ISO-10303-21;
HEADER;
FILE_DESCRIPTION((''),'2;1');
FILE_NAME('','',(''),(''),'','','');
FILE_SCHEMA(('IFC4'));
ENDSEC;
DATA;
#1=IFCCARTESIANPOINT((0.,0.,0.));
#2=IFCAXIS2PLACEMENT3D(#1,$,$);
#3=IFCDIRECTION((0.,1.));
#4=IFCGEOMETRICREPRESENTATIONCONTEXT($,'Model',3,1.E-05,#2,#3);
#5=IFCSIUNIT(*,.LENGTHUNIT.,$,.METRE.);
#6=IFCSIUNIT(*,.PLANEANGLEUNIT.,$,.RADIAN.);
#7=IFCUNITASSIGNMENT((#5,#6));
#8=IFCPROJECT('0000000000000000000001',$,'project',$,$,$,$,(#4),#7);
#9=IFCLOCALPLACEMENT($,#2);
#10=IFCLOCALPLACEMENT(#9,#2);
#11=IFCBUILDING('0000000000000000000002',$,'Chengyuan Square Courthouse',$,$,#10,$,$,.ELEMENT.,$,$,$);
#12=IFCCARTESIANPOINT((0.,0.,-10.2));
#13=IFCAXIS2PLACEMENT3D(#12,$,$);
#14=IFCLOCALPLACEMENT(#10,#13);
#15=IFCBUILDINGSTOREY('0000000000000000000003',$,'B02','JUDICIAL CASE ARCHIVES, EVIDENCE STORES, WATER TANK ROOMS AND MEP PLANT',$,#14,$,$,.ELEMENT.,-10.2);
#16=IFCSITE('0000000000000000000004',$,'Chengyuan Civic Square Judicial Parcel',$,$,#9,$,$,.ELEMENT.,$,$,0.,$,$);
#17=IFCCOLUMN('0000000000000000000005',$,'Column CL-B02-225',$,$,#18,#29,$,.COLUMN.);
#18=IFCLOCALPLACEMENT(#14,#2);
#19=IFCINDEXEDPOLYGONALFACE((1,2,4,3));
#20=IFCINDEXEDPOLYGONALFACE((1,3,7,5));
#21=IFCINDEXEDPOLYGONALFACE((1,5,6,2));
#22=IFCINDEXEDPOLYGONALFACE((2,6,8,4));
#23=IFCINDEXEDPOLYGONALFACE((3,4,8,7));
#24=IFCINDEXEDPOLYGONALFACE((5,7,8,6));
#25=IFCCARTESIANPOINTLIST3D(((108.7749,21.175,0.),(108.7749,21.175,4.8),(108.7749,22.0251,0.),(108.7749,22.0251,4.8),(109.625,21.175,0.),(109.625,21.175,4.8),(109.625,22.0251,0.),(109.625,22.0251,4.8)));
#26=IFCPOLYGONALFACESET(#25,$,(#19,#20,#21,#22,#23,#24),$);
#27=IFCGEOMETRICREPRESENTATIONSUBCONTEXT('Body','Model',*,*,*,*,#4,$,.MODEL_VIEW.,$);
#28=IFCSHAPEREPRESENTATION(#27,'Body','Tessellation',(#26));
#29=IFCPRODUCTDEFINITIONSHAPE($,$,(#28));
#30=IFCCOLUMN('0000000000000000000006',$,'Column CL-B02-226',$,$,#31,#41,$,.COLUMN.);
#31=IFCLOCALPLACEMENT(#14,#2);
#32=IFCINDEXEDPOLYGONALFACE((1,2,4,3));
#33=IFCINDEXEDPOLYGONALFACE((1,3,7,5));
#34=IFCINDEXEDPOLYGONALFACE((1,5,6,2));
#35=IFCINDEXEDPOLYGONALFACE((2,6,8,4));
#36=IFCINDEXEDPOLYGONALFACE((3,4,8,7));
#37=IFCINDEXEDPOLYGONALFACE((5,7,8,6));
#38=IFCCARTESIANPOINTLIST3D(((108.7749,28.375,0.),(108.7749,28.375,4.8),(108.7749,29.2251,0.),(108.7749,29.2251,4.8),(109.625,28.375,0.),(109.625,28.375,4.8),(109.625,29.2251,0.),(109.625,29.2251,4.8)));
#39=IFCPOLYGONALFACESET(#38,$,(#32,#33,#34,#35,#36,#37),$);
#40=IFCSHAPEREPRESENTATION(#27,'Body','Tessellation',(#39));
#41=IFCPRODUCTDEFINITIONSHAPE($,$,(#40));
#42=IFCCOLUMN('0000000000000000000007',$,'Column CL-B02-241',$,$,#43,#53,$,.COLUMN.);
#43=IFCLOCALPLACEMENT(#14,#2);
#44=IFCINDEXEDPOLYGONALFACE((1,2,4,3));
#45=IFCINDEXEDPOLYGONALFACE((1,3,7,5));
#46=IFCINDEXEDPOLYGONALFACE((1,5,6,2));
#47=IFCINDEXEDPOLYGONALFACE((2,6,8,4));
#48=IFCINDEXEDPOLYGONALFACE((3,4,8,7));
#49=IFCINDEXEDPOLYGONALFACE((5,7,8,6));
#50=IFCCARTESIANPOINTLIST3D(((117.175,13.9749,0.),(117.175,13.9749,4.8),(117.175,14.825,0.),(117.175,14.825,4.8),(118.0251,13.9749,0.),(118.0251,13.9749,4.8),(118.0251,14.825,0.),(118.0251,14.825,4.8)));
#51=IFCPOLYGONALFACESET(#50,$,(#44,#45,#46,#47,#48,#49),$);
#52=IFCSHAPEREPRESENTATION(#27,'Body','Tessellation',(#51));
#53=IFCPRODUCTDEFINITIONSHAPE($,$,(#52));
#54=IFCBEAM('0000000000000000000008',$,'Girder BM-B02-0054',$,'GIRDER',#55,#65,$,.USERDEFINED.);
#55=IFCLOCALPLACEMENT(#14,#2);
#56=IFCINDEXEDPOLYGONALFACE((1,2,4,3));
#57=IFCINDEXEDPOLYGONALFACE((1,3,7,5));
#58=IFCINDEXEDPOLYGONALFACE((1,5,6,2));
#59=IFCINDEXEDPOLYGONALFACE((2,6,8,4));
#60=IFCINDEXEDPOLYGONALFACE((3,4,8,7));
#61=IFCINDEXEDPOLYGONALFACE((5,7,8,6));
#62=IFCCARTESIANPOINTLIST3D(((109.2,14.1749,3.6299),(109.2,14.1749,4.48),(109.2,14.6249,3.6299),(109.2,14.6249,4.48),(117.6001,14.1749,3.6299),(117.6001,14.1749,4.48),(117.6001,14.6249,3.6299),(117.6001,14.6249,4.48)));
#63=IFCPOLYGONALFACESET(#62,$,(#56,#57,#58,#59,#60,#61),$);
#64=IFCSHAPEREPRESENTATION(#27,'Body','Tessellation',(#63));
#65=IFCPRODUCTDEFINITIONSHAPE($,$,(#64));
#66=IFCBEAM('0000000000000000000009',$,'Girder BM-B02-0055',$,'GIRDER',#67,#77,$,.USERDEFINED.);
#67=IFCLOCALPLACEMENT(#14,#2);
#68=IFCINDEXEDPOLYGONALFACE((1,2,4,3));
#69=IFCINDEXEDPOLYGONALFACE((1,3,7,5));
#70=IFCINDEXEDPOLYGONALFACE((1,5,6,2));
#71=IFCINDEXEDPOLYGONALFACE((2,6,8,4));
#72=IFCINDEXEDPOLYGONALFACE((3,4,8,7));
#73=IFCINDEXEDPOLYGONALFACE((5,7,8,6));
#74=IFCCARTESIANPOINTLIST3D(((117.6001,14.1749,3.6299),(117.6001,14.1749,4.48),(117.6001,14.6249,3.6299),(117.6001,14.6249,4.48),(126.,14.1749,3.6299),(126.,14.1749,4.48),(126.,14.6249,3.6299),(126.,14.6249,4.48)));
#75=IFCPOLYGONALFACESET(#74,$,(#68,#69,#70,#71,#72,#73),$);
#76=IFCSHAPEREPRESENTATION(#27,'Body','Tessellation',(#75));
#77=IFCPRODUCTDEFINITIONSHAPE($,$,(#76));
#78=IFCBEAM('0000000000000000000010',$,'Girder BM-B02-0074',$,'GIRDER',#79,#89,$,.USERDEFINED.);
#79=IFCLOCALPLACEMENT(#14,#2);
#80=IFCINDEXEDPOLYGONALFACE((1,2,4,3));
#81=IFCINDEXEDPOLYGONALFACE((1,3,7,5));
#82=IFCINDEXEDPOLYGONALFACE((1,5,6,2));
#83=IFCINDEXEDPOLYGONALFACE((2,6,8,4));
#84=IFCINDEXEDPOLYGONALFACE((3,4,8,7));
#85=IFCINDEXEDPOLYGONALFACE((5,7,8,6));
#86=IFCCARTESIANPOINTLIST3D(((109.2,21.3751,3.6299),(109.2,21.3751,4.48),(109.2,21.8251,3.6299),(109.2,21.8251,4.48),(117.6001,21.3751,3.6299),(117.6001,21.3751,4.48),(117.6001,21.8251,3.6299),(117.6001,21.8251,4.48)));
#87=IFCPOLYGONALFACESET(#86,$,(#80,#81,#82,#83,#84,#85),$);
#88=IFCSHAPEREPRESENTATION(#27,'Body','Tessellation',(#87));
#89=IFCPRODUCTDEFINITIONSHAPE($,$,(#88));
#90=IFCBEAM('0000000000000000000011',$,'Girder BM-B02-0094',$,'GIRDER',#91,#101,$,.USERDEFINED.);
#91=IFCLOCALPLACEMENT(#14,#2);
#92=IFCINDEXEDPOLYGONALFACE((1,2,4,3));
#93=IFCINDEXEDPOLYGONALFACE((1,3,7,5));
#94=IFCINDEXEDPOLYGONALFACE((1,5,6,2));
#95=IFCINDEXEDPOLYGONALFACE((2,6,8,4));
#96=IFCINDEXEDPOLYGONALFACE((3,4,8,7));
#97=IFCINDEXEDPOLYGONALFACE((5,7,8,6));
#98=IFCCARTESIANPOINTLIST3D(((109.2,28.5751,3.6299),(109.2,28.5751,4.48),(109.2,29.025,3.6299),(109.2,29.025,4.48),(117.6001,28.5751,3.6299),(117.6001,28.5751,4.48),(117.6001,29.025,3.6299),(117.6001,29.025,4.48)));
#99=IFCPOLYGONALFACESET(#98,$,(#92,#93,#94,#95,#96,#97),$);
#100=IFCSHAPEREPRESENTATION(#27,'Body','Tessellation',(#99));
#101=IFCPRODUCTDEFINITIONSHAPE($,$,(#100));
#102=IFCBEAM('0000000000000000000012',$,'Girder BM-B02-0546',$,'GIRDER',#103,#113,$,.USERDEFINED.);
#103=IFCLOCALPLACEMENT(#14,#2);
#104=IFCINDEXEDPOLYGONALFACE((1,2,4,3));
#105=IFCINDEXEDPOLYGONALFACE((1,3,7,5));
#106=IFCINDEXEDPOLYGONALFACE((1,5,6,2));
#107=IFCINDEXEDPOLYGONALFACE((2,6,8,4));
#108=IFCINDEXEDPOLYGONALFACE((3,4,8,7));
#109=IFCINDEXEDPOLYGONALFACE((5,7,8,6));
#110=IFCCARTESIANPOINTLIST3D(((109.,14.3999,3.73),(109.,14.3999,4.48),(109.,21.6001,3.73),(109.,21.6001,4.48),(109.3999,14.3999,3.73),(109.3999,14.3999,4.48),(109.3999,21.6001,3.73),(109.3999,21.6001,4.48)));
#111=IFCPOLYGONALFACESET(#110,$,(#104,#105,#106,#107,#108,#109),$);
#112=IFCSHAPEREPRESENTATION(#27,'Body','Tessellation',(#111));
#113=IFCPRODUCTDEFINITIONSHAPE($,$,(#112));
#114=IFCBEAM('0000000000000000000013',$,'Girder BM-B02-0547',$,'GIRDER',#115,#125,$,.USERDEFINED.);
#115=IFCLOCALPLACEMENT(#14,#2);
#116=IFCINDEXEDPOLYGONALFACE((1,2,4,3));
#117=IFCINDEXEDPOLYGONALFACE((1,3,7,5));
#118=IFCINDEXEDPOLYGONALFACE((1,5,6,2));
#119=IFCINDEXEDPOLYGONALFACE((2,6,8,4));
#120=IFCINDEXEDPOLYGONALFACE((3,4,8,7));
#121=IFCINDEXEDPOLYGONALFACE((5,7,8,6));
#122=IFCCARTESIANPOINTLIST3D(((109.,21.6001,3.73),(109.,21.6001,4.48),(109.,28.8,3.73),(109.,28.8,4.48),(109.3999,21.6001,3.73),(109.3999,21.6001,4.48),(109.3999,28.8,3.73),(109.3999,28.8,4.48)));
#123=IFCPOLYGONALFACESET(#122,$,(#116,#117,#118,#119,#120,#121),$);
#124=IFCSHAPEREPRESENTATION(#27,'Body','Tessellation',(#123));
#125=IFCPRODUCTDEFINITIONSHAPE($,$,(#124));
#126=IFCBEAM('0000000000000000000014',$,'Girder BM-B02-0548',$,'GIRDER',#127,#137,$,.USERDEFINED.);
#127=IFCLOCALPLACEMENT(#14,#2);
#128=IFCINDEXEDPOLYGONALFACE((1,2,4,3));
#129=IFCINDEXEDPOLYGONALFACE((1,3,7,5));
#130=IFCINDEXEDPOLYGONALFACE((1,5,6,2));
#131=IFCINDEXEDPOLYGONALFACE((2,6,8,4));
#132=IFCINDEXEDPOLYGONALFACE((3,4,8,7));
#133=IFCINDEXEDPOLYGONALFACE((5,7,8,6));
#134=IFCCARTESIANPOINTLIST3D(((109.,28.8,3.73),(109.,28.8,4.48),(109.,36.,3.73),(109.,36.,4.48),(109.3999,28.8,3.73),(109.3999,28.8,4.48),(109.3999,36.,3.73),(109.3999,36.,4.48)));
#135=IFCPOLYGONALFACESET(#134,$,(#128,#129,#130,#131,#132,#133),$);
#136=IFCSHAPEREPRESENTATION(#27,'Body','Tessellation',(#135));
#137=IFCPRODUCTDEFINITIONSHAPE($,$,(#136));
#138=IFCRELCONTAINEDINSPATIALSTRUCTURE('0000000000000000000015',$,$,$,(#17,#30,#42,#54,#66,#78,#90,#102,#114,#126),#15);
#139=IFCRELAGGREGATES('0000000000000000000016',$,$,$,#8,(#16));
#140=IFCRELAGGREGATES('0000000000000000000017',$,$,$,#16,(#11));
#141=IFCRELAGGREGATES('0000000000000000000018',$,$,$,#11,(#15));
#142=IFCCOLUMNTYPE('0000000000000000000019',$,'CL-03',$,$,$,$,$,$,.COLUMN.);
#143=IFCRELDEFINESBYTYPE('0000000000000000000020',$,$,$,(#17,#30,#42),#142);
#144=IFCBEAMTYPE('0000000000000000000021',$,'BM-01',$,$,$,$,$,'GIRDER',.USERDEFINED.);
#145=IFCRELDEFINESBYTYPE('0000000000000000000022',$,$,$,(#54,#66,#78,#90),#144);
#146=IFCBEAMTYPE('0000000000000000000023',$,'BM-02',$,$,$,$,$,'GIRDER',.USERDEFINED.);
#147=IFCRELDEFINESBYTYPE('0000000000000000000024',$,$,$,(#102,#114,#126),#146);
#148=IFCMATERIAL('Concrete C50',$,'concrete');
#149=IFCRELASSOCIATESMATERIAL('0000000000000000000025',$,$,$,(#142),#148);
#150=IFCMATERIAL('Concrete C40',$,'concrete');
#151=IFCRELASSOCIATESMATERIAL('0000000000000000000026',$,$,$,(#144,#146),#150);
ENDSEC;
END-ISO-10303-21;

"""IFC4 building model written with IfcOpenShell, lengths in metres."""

from ifc_helpers import new_model, si_unit, direction, frame, origin, origin_2d, place, context, subcontext, project, spatial, rectangle, extrude, material, material_profile, profile_set, type_object, element, save


model = new_model("IFC4")

# Units and contexts
model_context = context("Model", 3, precision=1e-05, world=origin(), true_north=direction((0.0, 1.0)))
body_context = subcontext(model_context, "Body", "Model", "MODEL_VIEW")
ifc_project = project(units=[si_unit("LENGTHUNIT", "METRE"), si_unit("PLANEANGLEUNIT", "RADIAN")], contexts=[model_context])

# Site, building, storey
site_placement = place(None, origin())
site = spatial("IfcSite", under=ifc_project, at=site_placement, Name="Chengyuan Civic Square Judicial Parcel", CompositionType="ELEMENT", RefElevation=0.0)
building_placement = place(site_placement, origin())
building = spatial("IfcBuilding", under=site, at=building_placement, Name="Chengyuan Square Courthouse", CompositionType="ELEMENT")
storey_placement = place(building_placement, frame((0.0, 0.0, -10.2)))
storey = spatial("IfcBuildingStorey", under=building, at=storey_placement, Name="B02", Description="JUDICIAL CASE ARCHIVES, EVIDENCE STORES, WATER TANK ROOMS AND MEP PLANT", CompositionType="ELEMENT", Elevation=-10.2)

# Shared definitions
ifc_material_1 = material(Name="Concrete C40", Category="concrete")

# Columns
ifc_material_2 = material(Name="Concrete C50", Category="concrete")
ifc_material_profile_1 = material_profile(ifc_material_2, rectangle(XDim=0.8501, YDim=0.8501, at=origin_2d()), Name="RC-COL-850x850")
ifc_profile_set_1 = profile_set([ifc_material_profile_1], Name="Concrete C50")
column_type = type_object("IfcColumnType", Name="CL-03", PredefinedType="COLUMN", material=ifc_profile_set_1)
for number, where, z_axis, x_axis, name in (
    (1, (109.2, 21.6001, 0.0), (0.0, 0.0, 1.0), (1.0, 0.0, 0.0), "Column CL-B02-225"),
    (2, (109.2, 28.8, 0.0), (0.0, 0.0, 1.0), (1.0, 0.0, 0.0), "Column CL-B02-226"),
    (3, (117.6001, 14.3999, 0.0), (0.0, 0.0, 1.0), (1.0, 0.0, 0.0), "Column CL-B02-241"),
):
    element("IfcColumn", number, at=place(storey_placement, frame(where, z_axis=z_axis, x_axis=x_axis)), inside=storey, type_object=column_type, Name=name, PredefinedType="COLUMN", context=body_context, shape_type="SweptSolid", body=[
        extrude(rectangle(XDim=0.8501, YDim=0.8501, at=origin_2d()), origin(), (0.0, 0.0, 1.0), 4.8),
    ])

# Beams
ifc_material_profile_2 = material_profile(ifc_material_1, rectangle(XDim=0.45, YDim=0.8501, at=origin_2d()), Name="RC-BM-450x850")
ifc_profile_set_2 = profile_set([ifc_material_profile_2], Name="Concrete C40")
beam_type_1 = type_object("IfcBeamType", Name="BM-01", ElementType="GIRDER", PredefinedType="USERDEFINED", material=ifc_profile_set_2)
beam_1_placement = place(storey_placement, frame((109.2, 14.3999, 4.0549), z_axis=(1.0, 0.0, 0.0), x_axis=(0.0, 1.0, 0.0)))
element("IfcBeam", 4, at=beam_1_placement, inside=storey, type_object=beam_type_1, Name="Girder BM-B02-0054", ObjectType="GIRDER", PredefinedType="USERDEFINED", context=body_context, shape_type="SweptSolid", body=[
    extrude(rectangle(XDim=0.45, YDim=0.8501, at=origin_2d()), origin(), (0.0, 0.0, 1.0), 8.4001),
])
beam_2_placement = place(storey_placement, frame((117.6001, 14.3999, 4.0549), z_axis=(1.0, 0.0, 0.0), x_axis=(0.0, 1.0, 0.0)))
element("IfcBeam", 5, at=beam_2_placement, inside=storey, type_object=beam_type_1, Name="Girder BM-B02-0055", ObjectType="GIRDER", PredefinedType="USERDEFINED", context=body_context, shape_type="SweptSolid", body=[
    extrude(rectangle(XDim=0.45, YDim=0.8501, at=origin_2d()), origin(), (0.0, 0.0, 1.0), 8.3999),
])
for number, where, z_axis, x_axis, name in (
    (6, (109.2, 21.6001, 4.0549), (1.0, 0.0, 0.0), (0.0, 1.0, 0.0), "Girder BM-B02-0074"),
    (7, (109.2, 28.8, 4.0549), (1.0, 0.0, 0.0), (0.0, 1.0, 0.0), "Girder BM-B02-0094"),
):
    element("IfcBeam", number, at=place(storey_placement, frame(where, z_axis=z_axis, x_axis=x_axis)), inside=storey, type_object=beam_type_1, Name=name, ObjectType="GIRDER", PredefinedType="USERDEFINED", context=body_context, shape_type="SweptSolid", body=[
        extrude(rectangle(XDim=0.45, YDim=0.8501, at=origin_2d()), origin(), (0.0, 0.0, 1.0), 8.4001),
    ])
ifc_material_profile_3 = material_profile(ifc_material_1, rectangle(XDim=0.3999, YDim=0.75, at=origin_2d()), Name="RC-BM-400x750")
ifc_profile_set_3 = profile_set([ifc_material_profile_3], Name="Concrete C40")
beam_type_2 = type_object("IfcBeamType", Name="BM-02", ElementType="GIRDER", PredefinedType="USERDEFINED", material=ifc_profile_set_3)
beam_3_placement = place(storey_placement, frame((109.2, 14.3999, 4.105), z_axis=(0.0, 1.0, 0.0), x_axis=(-1.0, 0.0, 0.0)))
element("IfcBeam", 8, at=beam_3_placement, inside=storey, type_object=beam_type_2, Name="Girder BM-B02-0546", ObjectType="GIRDER", PredefinedType="USERDEFINED", context=body_context, shape_type="SweptSolid", body=[
    extrude(rectangle(XDim=0.3999, YDim=0.75, at=origin_2d()), origin(), (0.0, 0.0, 1.0), 7.2002),
])
for number, where, z_axis, x_axis, name in (
    (9, (109.2, 21.6001, 4.105), (0.0, 1.0, 0.0), (-1.0, 0.0, 0.0), "Girder BM-B02-0547"),
    (10, (109.2, 28.8, 4.105), (0.0, 1.0, 0.0), (-1.0, 0.0, 0.0), "Girder BM-B02-0548"),
):
    element("IfcBeam", number, at=place(storey_placement, frame(where, z_axis=z_axis, x_axis=x_axis)), inside=storey, type_object=beam_type_2, Name=name, ObjectType="GIRDER", PredefinedType="USERDEFINED", context=body_context, shape_type="SweptSolid", body=[
        extrude(rectangle(XDim=0.3999, YDim=0.75, at=origin_2d()), origin(), (0.0, 0.0, 1.0), 7.2),
    ])

save(model, "model.ifc")
